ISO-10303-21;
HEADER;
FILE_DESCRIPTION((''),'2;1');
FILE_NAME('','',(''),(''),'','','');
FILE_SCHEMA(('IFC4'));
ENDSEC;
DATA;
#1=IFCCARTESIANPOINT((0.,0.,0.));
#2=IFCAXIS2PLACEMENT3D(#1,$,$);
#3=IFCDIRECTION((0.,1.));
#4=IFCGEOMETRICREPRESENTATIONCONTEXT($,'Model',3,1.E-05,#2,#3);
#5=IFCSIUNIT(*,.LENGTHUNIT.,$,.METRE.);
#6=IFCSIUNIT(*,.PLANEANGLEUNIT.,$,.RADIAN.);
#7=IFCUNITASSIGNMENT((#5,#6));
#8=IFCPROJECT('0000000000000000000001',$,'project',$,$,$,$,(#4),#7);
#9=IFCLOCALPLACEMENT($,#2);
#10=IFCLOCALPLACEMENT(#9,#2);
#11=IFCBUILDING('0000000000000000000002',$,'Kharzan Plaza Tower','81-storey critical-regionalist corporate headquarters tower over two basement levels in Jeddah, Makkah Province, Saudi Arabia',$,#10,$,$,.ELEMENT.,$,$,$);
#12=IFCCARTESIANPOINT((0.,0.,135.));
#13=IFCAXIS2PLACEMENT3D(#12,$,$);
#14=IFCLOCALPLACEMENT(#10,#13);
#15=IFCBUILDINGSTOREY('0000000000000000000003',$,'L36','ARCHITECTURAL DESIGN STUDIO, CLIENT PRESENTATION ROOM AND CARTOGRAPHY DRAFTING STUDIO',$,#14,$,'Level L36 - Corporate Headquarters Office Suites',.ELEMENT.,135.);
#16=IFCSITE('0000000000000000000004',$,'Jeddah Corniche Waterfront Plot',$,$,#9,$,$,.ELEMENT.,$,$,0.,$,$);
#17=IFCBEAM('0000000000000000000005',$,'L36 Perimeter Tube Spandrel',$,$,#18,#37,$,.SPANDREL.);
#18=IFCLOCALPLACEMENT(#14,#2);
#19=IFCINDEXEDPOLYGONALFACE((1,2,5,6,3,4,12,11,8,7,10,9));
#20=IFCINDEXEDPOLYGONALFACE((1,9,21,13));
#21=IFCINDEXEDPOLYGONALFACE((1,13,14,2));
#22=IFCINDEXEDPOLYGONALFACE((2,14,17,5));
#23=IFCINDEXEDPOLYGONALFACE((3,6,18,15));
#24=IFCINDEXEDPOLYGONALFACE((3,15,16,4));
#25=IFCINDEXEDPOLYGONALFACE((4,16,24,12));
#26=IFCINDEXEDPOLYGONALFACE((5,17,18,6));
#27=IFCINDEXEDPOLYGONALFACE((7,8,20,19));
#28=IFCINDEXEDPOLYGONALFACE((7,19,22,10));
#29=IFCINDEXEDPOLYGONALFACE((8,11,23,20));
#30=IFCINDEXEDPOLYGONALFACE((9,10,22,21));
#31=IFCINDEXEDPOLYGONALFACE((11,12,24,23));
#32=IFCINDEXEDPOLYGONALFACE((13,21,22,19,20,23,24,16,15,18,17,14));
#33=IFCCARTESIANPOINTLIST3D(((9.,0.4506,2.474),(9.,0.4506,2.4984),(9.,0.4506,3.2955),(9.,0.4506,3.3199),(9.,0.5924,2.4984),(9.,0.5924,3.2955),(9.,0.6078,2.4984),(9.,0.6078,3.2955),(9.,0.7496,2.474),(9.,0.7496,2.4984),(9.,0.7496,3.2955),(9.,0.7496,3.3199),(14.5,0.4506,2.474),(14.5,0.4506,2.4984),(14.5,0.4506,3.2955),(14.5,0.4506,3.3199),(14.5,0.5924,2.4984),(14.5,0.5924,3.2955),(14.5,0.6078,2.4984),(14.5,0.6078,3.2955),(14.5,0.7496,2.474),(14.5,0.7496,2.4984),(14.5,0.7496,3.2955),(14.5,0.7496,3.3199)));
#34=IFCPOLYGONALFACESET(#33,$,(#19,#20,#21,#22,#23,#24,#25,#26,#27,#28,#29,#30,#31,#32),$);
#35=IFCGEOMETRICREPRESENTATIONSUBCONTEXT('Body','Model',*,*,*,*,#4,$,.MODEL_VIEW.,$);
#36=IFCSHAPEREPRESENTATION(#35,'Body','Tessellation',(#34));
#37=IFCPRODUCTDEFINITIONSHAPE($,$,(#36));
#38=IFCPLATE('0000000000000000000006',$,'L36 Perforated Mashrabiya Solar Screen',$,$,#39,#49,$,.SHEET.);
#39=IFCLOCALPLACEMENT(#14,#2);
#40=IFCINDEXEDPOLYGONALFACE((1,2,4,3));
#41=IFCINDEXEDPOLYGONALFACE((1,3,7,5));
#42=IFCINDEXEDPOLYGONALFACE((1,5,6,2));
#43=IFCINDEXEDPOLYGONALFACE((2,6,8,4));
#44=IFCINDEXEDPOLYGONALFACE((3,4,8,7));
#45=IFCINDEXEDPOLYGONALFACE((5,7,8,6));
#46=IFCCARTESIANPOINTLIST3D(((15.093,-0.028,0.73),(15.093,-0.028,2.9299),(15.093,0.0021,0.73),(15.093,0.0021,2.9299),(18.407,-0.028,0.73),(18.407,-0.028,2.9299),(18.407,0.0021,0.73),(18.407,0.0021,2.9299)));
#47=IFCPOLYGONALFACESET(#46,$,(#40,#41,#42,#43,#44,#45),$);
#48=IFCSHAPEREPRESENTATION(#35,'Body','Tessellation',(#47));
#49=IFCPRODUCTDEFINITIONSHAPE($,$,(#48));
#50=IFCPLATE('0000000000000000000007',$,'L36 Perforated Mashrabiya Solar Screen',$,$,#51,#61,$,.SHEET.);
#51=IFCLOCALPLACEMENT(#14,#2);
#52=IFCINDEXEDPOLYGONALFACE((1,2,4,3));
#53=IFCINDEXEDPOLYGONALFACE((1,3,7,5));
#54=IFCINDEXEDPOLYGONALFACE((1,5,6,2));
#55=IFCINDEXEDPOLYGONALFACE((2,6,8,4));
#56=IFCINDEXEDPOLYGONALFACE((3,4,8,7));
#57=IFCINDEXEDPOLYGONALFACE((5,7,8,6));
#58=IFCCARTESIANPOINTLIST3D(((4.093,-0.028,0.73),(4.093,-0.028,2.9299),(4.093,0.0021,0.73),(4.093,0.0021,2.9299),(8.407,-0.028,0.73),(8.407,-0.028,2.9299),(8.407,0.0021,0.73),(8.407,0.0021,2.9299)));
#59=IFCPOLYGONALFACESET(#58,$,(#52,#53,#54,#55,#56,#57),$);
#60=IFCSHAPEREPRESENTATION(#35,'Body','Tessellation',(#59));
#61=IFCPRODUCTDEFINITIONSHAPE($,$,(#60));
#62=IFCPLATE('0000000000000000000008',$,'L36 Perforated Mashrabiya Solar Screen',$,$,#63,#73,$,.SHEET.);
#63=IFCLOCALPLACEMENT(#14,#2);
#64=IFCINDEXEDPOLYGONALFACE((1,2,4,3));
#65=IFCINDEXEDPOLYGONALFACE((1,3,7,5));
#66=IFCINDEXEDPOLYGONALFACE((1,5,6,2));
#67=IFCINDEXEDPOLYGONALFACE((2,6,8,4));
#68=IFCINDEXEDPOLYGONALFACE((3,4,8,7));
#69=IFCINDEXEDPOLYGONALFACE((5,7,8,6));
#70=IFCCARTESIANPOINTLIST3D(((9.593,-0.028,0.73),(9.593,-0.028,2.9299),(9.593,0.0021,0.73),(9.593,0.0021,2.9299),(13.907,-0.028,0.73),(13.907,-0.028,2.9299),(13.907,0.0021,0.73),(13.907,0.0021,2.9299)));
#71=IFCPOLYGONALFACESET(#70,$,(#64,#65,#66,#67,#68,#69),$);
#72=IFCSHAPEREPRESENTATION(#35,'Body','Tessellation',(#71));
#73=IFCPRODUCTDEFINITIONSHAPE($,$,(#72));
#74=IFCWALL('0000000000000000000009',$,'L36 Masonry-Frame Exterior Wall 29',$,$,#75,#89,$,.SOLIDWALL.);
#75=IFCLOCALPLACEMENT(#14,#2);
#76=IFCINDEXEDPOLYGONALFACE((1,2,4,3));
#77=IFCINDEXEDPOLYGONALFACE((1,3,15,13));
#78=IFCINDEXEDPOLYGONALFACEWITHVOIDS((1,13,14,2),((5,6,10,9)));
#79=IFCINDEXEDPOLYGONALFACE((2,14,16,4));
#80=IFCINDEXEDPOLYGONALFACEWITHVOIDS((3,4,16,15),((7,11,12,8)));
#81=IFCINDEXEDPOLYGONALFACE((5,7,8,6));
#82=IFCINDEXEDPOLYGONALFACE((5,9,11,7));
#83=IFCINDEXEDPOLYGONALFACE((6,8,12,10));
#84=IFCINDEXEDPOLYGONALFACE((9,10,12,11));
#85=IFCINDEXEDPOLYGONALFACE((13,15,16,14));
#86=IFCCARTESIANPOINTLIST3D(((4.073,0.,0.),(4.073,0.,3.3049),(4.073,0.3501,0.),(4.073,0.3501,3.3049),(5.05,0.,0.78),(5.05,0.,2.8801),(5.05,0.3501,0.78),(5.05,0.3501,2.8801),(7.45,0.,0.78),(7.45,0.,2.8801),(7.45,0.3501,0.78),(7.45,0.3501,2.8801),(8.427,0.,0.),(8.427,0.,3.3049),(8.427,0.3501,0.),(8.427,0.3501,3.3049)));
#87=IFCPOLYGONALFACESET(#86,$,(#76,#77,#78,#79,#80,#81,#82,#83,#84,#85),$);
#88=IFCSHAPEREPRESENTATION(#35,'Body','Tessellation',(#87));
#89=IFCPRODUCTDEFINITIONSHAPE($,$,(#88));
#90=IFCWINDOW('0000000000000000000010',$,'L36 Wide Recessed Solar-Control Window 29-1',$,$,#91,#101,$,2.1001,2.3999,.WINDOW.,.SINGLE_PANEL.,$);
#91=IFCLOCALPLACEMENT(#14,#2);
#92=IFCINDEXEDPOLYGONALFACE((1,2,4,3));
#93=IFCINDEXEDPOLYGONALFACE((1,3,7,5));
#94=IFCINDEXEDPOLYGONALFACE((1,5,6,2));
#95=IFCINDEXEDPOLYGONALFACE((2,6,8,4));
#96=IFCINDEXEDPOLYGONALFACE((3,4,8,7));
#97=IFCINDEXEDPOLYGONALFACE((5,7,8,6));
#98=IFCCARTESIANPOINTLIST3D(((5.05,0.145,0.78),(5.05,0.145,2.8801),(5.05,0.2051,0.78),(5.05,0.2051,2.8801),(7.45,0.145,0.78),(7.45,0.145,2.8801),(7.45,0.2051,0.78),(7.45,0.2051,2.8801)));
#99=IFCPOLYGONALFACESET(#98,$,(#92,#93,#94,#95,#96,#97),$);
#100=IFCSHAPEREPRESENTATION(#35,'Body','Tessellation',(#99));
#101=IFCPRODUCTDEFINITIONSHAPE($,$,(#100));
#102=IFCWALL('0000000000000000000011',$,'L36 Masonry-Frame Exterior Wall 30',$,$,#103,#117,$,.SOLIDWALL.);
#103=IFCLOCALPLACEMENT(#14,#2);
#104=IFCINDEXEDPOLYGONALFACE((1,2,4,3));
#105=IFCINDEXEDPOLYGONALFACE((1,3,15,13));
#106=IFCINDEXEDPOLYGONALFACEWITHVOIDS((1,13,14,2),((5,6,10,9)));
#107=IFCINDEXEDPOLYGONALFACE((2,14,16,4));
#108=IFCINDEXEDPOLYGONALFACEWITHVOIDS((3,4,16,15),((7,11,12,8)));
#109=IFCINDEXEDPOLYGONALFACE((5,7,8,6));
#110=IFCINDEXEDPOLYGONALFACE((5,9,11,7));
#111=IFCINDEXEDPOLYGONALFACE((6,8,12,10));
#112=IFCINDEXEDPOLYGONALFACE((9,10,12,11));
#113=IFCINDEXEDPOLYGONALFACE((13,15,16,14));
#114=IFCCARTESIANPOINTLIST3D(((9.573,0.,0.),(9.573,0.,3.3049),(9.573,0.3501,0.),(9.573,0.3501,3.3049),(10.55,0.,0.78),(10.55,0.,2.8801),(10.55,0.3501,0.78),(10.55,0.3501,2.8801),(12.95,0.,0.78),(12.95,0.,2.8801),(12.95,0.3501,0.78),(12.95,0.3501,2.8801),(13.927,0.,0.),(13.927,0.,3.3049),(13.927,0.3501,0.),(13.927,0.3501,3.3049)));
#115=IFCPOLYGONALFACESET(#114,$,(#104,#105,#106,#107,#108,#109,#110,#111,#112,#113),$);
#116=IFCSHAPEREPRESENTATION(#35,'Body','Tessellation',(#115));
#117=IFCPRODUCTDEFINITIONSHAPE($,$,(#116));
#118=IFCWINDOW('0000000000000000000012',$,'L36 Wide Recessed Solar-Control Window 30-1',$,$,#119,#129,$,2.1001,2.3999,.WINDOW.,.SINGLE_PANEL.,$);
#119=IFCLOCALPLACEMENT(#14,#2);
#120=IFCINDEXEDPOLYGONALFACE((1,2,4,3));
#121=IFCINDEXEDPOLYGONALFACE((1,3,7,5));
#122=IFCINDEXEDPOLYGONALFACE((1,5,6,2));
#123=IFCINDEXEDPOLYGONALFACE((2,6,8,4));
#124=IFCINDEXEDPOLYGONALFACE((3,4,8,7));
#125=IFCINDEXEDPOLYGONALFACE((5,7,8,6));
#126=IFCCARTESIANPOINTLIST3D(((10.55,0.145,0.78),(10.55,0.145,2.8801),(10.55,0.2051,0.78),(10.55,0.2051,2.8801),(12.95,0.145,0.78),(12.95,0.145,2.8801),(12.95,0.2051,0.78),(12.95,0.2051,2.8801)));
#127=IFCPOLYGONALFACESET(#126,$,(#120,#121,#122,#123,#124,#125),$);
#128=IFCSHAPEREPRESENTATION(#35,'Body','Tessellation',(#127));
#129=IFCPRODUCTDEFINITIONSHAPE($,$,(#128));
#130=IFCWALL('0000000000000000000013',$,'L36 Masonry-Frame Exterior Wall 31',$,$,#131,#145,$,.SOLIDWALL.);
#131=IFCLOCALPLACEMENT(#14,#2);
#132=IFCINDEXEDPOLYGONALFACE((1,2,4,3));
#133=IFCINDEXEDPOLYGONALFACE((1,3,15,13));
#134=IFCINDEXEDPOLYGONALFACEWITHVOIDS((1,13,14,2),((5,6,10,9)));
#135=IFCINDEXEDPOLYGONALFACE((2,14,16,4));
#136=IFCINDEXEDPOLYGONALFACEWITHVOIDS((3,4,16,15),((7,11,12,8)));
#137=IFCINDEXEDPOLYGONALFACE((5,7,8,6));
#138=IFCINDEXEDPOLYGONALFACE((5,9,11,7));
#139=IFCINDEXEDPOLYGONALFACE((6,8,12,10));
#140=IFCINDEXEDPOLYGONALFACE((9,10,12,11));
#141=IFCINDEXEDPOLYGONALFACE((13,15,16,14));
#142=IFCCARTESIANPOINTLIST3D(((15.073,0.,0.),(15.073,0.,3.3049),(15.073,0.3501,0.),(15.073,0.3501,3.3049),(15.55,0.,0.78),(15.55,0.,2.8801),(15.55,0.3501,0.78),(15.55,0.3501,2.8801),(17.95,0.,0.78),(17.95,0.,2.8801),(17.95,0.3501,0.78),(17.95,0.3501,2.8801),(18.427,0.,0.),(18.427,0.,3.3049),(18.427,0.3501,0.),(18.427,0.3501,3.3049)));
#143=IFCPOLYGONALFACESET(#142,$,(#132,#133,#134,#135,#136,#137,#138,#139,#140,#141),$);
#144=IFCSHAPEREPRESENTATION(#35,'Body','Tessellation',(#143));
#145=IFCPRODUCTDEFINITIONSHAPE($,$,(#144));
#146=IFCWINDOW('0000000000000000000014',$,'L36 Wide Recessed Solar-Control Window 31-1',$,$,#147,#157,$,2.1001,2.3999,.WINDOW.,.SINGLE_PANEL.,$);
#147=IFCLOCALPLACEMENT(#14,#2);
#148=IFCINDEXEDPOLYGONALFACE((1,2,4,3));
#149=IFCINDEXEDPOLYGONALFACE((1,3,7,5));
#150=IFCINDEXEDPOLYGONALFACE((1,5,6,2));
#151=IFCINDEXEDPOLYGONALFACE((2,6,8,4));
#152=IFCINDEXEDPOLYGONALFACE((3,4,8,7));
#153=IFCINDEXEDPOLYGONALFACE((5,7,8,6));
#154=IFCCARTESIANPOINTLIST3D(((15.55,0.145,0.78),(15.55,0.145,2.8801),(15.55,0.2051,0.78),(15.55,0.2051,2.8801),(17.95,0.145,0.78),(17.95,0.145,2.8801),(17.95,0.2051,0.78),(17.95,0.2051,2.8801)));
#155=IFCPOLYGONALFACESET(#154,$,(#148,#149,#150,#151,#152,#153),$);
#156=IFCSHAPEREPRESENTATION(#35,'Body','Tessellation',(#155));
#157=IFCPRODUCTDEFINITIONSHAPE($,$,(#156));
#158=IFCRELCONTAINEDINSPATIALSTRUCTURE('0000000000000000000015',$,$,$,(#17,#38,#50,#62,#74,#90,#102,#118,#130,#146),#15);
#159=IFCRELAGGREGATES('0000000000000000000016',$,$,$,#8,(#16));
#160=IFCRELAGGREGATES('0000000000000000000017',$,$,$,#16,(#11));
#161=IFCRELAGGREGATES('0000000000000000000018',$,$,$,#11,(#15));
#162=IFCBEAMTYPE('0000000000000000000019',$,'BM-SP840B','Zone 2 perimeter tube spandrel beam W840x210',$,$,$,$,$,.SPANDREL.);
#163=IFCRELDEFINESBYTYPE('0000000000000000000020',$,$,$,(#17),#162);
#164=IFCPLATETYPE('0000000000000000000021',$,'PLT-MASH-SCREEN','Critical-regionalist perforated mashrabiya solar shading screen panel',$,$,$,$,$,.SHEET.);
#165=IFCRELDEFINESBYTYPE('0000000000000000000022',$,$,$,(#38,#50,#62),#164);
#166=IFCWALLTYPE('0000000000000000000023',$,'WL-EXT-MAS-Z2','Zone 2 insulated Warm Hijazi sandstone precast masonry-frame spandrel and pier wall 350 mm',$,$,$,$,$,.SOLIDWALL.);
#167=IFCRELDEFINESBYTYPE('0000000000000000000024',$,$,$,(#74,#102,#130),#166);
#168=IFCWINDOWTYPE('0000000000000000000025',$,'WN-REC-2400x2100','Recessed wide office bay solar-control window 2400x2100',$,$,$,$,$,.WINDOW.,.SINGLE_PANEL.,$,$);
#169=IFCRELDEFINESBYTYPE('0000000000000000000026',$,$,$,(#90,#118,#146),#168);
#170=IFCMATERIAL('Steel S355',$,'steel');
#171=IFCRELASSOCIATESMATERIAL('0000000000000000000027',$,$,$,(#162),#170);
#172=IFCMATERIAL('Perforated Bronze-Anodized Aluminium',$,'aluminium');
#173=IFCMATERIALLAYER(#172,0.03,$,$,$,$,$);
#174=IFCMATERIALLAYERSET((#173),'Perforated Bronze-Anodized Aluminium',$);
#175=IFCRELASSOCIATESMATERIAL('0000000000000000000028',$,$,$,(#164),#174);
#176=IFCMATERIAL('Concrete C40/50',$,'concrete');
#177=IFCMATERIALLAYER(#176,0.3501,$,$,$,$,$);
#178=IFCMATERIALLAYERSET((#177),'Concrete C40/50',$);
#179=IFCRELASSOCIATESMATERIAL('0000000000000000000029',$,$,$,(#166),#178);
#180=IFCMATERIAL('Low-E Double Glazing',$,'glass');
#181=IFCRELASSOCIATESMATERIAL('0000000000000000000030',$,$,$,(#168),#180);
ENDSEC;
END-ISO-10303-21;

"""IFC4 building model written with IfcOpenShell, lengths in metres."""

from ifc_helpers import new_model, si_unit, direction, frame, frame_2d, origin, origin_2d, place, context, subcontext, project, spatial, rectangle, i_section, extrude, source, transform, mapped, material, layer, layer_set, material_profile, profile_set, type_object, element, fill, save


model = new_model("IFC4")

# Units and contexts
model_context = context("Model", 3, precision=1e-05, world=origin(), true_north=direction((0.0, 1.0)))
body_context = subcontext(model_context, "Body", "Model", "MODEL_VIEW")
ifc_project = project(units=[si_unit("LENGTHUNIT", "METRE"), si_unit("PLANEANGLEUNIT", "RADIAN")], contexts=[model_context])

# Site, building, storey
site_placement = place(None, origin())
site = spatial("IfcSite", under=ifc_project, at=site_placement, Name="Jeddah Corniche Waterfront Plot", CompositionType="ELEMENT", RefElevation=0.0)
building_placement = place(site_placement, origin())
building = spatial("IfcBuilding", under=site, at=building_placement, Name="Kharzan Plaza Tower", Description="81-storey critical-regionalist corporate headquarters tower over two basement levels in Jeddah, Makkah Province, Saudi Arabia", CompositionType="ELEMENT")
storey_placement = place(building_placement, frame((0.0, 0.0, 135.0)))
storey = spatial("IfcBuildingStorey", under=building, at=storey_placement, Name="L36", Description="ARCHITECTURAL DESIGN STUDIO, CLIENT PRESENTATION ROOM AND CARTOGRAPHY DRAFTING STUDIO", LongName="Level L36 - Corporate Headquarters Office Suites", CompositionType="ELEMENT", Elevation=135.0)

# Beam
ifc_material_1 = material(Name="Steel S355", Category="steel")
ifc_material_profile_1 = material_profile(ifc_material_1, i_section(OverallWidth=0.2991, OverallDepth=0.8459, WebThickness=0.0154, FlangeThickness=0.0244, at=origin_2d()), Name="W840x210")
ifc_profile_set_1 = profile_set([ifc_material_profile_1], Name="Steel S355")
beam_type_1 = type_object("IfcBeamType", Name="BM-SP840B", Description="Zone 2 perimeter tube spandrel beam W840x210", PredefinedType="SPANDREL", material=ifc_profile_set_1)
shared_shape_1 = source(origin(), body_context, "Body", "SweptSolid", [
    extrude(i_section(OverallWidth=0.2991, OverallDepth=0.8459, WebThickness=0.0154, FlangeThickness=0.0244, at=origin_2d()), origin(), (0.0, 0.0, 1.0), 5.5),
])
beam_1_placement = place(storey_placement, frame((9.0, 0.6001, 2.897), z_axis=(1.0, 0.0, 0.0), x_axis=(0.0, 1.0, 0.0)))
element("IfcBeam", 1, at=beam_1_placement, inside=storey, type_object=beam_type_1, Name="L36 Perimeter Tube Spandrel", PredefinedType="SPANDREL", context=body_context, shape_type="MappedRepresentation", body=[
    mapped(shared_shape_1, transform((0.0, 0.0, 0.0), x_axis=(1.0, 0.0, 0.0), y_axis=(0.0, 1.0, 0.0), z_axis=(0.0, 0.0, 1.0))),
])

# Plates
ifc_material_2 = material(Name="Perforated Bronze-Anodized Aluminium", Category="aluminium")
ifc_layer_1 = layer(ifc_material_2, 0.03)
ifc_layer_set_1 = layer_set([ifc_layer_1], Name="Perforated Bronze-Anodized Aluminium")
plate_type = type_object("IfcPlateType", Name="PLT-MASH-SCREEN", Description="Critical-regionalist perforated mashrabiya solar shading screen panel", PredefinedType="SHEET", material=ifc_layer_set_1)
shared_shape_2 = source(origin(), body_context, "Body", "SweptSolid", [
    extrude(rectangle(XDim=3.314, YDim=0.03, at=origin_2d()), origin(), (0.0, 0.0, 1.0), 2.2),
])
plate_placement = place(storey_placement, frame((16.75, -0.0129, 0.73), z_axis=(0.0, 0.0, 1.0), x_axis=(1.0, 0.0, 0.0)))
element("IfcPlate", 2, at=plate_placement, inside=storey, type_object=plate_type, Name="L36 Perforated Mashrabiya Solar Screen", PredefinedType="SHEET", context=body_context, shape_type="MappedRepresentation", body=[
    mapped(shared_shape_2, transform((0.0, 0.0, 0.0), x_axis=(1.0, 0.0, 0.0), y_axis=(0.0, 1.0, 0.0), z_axis=(0.0, 0.0, 1.0))),
])
shared_shape_3 = source(origin(), body_context, "Body", "SweptSolid", [
    extrude(rectangle(XDim=4.314, YDim=0.03, at=origin_2d()), origin(), (0.0, 0.0, 1.0), 2.2),
])
for number, where, z_axis, x_axis, name in (
    (3, (6.25, -0.0129, 0.73), (0.0, 0.0, 1.0), (1.0, 0.0, 0.0), "L36 Perforated Mashrabiya Solar Screen"),
    (4, (11.75, -0.0129, 0.73), (0.0, 0.0, 1.0), (1.0, 0.0, 0.0), "L36 Perforated Mashrabiya Solar Screen"),
):
    element("IfcPlate", number, at=place(storey_placement, frame(where, z_axis=z_axis, x_axis=x_axis)), inside=storey, type_object=plate_type, Name=name, PredefinedType="SHEET", context=body_context, shape_type="MappedRepresentation", body=[
        mapped(shared_shape_3, transform((0.0, 0.0, 0.0), x_axis=(1.0, 0.0, 0.0), y_axis=(0.0, 1.0, 0.0), z_axis=(0.0, 0.0, 1.0))),
    ])

# Walls, openings, windows
ifc_material_3 = material(Name="Concrete C40/50", Category="concrete")
ifc_layer_2 = layer(ifc_material_3, 0.3501)
ifc_layer_set_2 = layer_set([ifc_layer_2], Name="Concrete C40/50")
wall_type_1 = type_object("IfcWallType", Name="WL-EXT-MAS-Z2", Description="Zone 2 insulated Warm Hijazi sandstone precast masonry-frame spandrel and pier wall 350 mm", PredefinedType="SOLIDWALL", material=ifc_layer_set_2)
wall_1_placement = place(storey_placement, frame((4.073, 0.175, 0.0), z_axis=(0.0, 0.0, 1.0), x_axis=(1.0, 0.0, 0.0)))
wall_1 = element("IfcWall", 5, at=wall_1_placement, inside=storey, type_object=wall_type_1, Name="L36 Masonry-Frame Exterior Wall 29", PredefinedType="SOLIDWALL", context=body_context, shape_type="SweptSolid", body=[
    extrude(rectangle(XDim=4.354, YDim=0.3501, at=frame_2d((2.177, 0.0))), origin(), (0.0, 0.0, 1.0), 3.3049),
])
opening_1_placement = place(wall_1_placement, frame((0.9771, 0.0, 0.78)))
opening_1 = element("IfcOpeningElement", 6, at=opening_1_placement, cuts=wall_1, PredefinedType="OPENING", context=body_context, shape_type="SweptSolid", body=[
    extrude(rectangle(XDim=2.3999, YDim=2.1001, at=frame_2d((1.2, 1.05))), frame((0.0, 0.1851, 0.0), z_axis=(0.0, -1.0, 0.0), x_axis=(1.0, 0.0, 0.0)), (0.0, 0.0, 1.0), 0.3701),
])
ifc_material_4 = material(Name="Low-E Double Glazing", Category="glass")
window_type = type_object("IfcWindowType", Name="WN-REC-2400x2100", Description="Recessed wide office bay solar-control window 2400x2100", PartitioningType="SINGLE_PANEL", PredefinedType="WINDOW", material=ifc_material_4)
shared_shape_4 = source(origin(), body_context, "Body", "SweptSolid", [
    extrude(rectangle(XDim=2.3999, YDim=2.1001, at=frame_2d((1.2, 1.05))), frame((0.0, 0.03, 0.0), z_axis=(0.0, -1.0, 0.0), x_axis=(1.0, 0.0, 0.0)), (0.0, 0.0, 1.0), 0.0601),
])
window_1_placement = place(opening_1_placement, origin())
window_1 = element("IfcWindow", 7, at=window_1_placement, inside=storey, type_object=window_type, Name="L36 Wide Recessed Solar-Control Window 29-1", OverallHeight=2.1001, OverallWidth=2.3999, PartitioningType="SINGLE_PANEL", PredefinedType="WINDOW", context=body_context, shape_type="MappedRepresentation", body=[
    mapped(shared_shape_4, transform((0.0, 0.0, 0.0), x_axis=(1.0, 0.0, 0.0), y_axis=(0.0, 1.0, 0.0), z_axis=(0.0, 0.0, 1.0))),
])
fill(opening_1, window_1)
wall_2_placement = place(storey_placement, frame((9.573, 0.175, 0.0), z_axis=(0.0, 0.0, 1.0), x_axis=(1.0, 0.0, 0.0)))
wall_2 = element("IfcWall", 8, at=wall_2_placement, inside=storey, type_object=wall_type_1, Name="L36 Masonry-Frame Exterior Wall 30", PredefinedType="SOLIDWALL", context=body_context, shape_type="SweptSolid", body=[
    extrude(rectangle(XDim=4.354, YDim=0.3501, at=frame_2d((2.177, 0.0))), origin(), (0.0, 0.0, 1.0), 3.3049),
])
opening_2_placement = place(wall_2_placement, frame((0.9771, 0.0, 0.78)))
opening_2 = element("IfcOpeningElement", 9, at=opening_2_placement, cuts=wall_2, PredefinedType="OPENING", context=body_context, shape_type="SweptSolid", body=[
    extrude(rectangle(XDim=2.3999, YDim=2.1001, at=frame_2d((1.2, 1.05))), frame((0.0, 0.1851, 0.0), z_axis=(0.0, -1.0, 0.0), x_axis=(1.0, 0.0, 0.0)), (0.0, 0.0, 1.0), 0.3701),
])
window_2_placement = place(opening_2_placement, origin())
window_2 = element("IfcWindow", 10, at=window_2_placement, inside=storey, type_object=window_type, Name="L36 Wide Recessed Solar-Control Window 30-1", OverallHeight=2.1001, OverallWidth=2.3999, PartitioningType="SINGLE_PANEL", PredefinedType="WINDOW", context=body_context, shape_type="MappedRepresentation", body=[
    mapped(shared_shape_4, transform((0.0, 0.0, 0.0), x_axis=(1.0, 0.0, 0.0), y_axis=(0.0, 1.0, 0.0), z_axis=(0.0, 0.0, 1.0))),
])
fill(opening_2, window_2)
wall_3_placement = place(storey_placement, frame((15.073, 0.175, 0.0), z_axis=(0.0, 0.0, 1.0), x_axis=(1.0, 0.0, 0.0)))
wall_3 = element("IfcWall", 11, at=wall_3_placement, inside=storey, type_object=wall_type_1, Name="L36 Masonry-Frame Exterior Wall 31", PredefinedType="SOLIDWALL", context=body_context, shape_type="SweptSolid", body=[
    extrude(rectangle(XDim=3.354, YDim=0.3501, at=frame_2d((1.677, 0.0))), origin(), (0.0, 0.0, 1.0), 3.3049),
])
opening_3_placement = place(wall_3_placement, frame((0.4771, 0.0, 0.78)))
opening_3 = element("IfcOpeningElement", 12, at=opening_3_placement, cuts=wall_3, PredefinedType="OPENING", context=body_context, shape_type="SweptSolid", body=[
    extrude(rectangle(XDim=2.3999, YDim=2.1001, at=frame_2d((1.2, 1.05))), frame((0.0, 0.1851, 0.0), z_axis=(0.0, -1.0, 0.0), x_axis=(1.0, 0.0, 0.0)), (0.0, 0.0, 1.0), 0.3701),
])
window_3_placement = place(opening_3_placement, origin())
window_3 = element("IfcWindow", 13, at=window_3_placement, inside=storey, type_object=window_type, Name="L36 Wide Recessed Solar-Control Window 31-1", OverallHeight=2.1001, OverallWidth=2.3999, PartitioningType="SINGLE_PANEL", PredefinedType="WINDOW", context=body_context, shape_type="MappedRepresentation", body=[
    mapped(shared_shape_4, transform((0.0, 0.0, 0.0), x_axis=(1.0, 0.0, 0.0), y_axis=(0.0, 1.0, 0.0), z_axis=(0.0, 0.0, 1.0))),
])
fill(opening_3, window_3)

save(model, "model.ifc")
